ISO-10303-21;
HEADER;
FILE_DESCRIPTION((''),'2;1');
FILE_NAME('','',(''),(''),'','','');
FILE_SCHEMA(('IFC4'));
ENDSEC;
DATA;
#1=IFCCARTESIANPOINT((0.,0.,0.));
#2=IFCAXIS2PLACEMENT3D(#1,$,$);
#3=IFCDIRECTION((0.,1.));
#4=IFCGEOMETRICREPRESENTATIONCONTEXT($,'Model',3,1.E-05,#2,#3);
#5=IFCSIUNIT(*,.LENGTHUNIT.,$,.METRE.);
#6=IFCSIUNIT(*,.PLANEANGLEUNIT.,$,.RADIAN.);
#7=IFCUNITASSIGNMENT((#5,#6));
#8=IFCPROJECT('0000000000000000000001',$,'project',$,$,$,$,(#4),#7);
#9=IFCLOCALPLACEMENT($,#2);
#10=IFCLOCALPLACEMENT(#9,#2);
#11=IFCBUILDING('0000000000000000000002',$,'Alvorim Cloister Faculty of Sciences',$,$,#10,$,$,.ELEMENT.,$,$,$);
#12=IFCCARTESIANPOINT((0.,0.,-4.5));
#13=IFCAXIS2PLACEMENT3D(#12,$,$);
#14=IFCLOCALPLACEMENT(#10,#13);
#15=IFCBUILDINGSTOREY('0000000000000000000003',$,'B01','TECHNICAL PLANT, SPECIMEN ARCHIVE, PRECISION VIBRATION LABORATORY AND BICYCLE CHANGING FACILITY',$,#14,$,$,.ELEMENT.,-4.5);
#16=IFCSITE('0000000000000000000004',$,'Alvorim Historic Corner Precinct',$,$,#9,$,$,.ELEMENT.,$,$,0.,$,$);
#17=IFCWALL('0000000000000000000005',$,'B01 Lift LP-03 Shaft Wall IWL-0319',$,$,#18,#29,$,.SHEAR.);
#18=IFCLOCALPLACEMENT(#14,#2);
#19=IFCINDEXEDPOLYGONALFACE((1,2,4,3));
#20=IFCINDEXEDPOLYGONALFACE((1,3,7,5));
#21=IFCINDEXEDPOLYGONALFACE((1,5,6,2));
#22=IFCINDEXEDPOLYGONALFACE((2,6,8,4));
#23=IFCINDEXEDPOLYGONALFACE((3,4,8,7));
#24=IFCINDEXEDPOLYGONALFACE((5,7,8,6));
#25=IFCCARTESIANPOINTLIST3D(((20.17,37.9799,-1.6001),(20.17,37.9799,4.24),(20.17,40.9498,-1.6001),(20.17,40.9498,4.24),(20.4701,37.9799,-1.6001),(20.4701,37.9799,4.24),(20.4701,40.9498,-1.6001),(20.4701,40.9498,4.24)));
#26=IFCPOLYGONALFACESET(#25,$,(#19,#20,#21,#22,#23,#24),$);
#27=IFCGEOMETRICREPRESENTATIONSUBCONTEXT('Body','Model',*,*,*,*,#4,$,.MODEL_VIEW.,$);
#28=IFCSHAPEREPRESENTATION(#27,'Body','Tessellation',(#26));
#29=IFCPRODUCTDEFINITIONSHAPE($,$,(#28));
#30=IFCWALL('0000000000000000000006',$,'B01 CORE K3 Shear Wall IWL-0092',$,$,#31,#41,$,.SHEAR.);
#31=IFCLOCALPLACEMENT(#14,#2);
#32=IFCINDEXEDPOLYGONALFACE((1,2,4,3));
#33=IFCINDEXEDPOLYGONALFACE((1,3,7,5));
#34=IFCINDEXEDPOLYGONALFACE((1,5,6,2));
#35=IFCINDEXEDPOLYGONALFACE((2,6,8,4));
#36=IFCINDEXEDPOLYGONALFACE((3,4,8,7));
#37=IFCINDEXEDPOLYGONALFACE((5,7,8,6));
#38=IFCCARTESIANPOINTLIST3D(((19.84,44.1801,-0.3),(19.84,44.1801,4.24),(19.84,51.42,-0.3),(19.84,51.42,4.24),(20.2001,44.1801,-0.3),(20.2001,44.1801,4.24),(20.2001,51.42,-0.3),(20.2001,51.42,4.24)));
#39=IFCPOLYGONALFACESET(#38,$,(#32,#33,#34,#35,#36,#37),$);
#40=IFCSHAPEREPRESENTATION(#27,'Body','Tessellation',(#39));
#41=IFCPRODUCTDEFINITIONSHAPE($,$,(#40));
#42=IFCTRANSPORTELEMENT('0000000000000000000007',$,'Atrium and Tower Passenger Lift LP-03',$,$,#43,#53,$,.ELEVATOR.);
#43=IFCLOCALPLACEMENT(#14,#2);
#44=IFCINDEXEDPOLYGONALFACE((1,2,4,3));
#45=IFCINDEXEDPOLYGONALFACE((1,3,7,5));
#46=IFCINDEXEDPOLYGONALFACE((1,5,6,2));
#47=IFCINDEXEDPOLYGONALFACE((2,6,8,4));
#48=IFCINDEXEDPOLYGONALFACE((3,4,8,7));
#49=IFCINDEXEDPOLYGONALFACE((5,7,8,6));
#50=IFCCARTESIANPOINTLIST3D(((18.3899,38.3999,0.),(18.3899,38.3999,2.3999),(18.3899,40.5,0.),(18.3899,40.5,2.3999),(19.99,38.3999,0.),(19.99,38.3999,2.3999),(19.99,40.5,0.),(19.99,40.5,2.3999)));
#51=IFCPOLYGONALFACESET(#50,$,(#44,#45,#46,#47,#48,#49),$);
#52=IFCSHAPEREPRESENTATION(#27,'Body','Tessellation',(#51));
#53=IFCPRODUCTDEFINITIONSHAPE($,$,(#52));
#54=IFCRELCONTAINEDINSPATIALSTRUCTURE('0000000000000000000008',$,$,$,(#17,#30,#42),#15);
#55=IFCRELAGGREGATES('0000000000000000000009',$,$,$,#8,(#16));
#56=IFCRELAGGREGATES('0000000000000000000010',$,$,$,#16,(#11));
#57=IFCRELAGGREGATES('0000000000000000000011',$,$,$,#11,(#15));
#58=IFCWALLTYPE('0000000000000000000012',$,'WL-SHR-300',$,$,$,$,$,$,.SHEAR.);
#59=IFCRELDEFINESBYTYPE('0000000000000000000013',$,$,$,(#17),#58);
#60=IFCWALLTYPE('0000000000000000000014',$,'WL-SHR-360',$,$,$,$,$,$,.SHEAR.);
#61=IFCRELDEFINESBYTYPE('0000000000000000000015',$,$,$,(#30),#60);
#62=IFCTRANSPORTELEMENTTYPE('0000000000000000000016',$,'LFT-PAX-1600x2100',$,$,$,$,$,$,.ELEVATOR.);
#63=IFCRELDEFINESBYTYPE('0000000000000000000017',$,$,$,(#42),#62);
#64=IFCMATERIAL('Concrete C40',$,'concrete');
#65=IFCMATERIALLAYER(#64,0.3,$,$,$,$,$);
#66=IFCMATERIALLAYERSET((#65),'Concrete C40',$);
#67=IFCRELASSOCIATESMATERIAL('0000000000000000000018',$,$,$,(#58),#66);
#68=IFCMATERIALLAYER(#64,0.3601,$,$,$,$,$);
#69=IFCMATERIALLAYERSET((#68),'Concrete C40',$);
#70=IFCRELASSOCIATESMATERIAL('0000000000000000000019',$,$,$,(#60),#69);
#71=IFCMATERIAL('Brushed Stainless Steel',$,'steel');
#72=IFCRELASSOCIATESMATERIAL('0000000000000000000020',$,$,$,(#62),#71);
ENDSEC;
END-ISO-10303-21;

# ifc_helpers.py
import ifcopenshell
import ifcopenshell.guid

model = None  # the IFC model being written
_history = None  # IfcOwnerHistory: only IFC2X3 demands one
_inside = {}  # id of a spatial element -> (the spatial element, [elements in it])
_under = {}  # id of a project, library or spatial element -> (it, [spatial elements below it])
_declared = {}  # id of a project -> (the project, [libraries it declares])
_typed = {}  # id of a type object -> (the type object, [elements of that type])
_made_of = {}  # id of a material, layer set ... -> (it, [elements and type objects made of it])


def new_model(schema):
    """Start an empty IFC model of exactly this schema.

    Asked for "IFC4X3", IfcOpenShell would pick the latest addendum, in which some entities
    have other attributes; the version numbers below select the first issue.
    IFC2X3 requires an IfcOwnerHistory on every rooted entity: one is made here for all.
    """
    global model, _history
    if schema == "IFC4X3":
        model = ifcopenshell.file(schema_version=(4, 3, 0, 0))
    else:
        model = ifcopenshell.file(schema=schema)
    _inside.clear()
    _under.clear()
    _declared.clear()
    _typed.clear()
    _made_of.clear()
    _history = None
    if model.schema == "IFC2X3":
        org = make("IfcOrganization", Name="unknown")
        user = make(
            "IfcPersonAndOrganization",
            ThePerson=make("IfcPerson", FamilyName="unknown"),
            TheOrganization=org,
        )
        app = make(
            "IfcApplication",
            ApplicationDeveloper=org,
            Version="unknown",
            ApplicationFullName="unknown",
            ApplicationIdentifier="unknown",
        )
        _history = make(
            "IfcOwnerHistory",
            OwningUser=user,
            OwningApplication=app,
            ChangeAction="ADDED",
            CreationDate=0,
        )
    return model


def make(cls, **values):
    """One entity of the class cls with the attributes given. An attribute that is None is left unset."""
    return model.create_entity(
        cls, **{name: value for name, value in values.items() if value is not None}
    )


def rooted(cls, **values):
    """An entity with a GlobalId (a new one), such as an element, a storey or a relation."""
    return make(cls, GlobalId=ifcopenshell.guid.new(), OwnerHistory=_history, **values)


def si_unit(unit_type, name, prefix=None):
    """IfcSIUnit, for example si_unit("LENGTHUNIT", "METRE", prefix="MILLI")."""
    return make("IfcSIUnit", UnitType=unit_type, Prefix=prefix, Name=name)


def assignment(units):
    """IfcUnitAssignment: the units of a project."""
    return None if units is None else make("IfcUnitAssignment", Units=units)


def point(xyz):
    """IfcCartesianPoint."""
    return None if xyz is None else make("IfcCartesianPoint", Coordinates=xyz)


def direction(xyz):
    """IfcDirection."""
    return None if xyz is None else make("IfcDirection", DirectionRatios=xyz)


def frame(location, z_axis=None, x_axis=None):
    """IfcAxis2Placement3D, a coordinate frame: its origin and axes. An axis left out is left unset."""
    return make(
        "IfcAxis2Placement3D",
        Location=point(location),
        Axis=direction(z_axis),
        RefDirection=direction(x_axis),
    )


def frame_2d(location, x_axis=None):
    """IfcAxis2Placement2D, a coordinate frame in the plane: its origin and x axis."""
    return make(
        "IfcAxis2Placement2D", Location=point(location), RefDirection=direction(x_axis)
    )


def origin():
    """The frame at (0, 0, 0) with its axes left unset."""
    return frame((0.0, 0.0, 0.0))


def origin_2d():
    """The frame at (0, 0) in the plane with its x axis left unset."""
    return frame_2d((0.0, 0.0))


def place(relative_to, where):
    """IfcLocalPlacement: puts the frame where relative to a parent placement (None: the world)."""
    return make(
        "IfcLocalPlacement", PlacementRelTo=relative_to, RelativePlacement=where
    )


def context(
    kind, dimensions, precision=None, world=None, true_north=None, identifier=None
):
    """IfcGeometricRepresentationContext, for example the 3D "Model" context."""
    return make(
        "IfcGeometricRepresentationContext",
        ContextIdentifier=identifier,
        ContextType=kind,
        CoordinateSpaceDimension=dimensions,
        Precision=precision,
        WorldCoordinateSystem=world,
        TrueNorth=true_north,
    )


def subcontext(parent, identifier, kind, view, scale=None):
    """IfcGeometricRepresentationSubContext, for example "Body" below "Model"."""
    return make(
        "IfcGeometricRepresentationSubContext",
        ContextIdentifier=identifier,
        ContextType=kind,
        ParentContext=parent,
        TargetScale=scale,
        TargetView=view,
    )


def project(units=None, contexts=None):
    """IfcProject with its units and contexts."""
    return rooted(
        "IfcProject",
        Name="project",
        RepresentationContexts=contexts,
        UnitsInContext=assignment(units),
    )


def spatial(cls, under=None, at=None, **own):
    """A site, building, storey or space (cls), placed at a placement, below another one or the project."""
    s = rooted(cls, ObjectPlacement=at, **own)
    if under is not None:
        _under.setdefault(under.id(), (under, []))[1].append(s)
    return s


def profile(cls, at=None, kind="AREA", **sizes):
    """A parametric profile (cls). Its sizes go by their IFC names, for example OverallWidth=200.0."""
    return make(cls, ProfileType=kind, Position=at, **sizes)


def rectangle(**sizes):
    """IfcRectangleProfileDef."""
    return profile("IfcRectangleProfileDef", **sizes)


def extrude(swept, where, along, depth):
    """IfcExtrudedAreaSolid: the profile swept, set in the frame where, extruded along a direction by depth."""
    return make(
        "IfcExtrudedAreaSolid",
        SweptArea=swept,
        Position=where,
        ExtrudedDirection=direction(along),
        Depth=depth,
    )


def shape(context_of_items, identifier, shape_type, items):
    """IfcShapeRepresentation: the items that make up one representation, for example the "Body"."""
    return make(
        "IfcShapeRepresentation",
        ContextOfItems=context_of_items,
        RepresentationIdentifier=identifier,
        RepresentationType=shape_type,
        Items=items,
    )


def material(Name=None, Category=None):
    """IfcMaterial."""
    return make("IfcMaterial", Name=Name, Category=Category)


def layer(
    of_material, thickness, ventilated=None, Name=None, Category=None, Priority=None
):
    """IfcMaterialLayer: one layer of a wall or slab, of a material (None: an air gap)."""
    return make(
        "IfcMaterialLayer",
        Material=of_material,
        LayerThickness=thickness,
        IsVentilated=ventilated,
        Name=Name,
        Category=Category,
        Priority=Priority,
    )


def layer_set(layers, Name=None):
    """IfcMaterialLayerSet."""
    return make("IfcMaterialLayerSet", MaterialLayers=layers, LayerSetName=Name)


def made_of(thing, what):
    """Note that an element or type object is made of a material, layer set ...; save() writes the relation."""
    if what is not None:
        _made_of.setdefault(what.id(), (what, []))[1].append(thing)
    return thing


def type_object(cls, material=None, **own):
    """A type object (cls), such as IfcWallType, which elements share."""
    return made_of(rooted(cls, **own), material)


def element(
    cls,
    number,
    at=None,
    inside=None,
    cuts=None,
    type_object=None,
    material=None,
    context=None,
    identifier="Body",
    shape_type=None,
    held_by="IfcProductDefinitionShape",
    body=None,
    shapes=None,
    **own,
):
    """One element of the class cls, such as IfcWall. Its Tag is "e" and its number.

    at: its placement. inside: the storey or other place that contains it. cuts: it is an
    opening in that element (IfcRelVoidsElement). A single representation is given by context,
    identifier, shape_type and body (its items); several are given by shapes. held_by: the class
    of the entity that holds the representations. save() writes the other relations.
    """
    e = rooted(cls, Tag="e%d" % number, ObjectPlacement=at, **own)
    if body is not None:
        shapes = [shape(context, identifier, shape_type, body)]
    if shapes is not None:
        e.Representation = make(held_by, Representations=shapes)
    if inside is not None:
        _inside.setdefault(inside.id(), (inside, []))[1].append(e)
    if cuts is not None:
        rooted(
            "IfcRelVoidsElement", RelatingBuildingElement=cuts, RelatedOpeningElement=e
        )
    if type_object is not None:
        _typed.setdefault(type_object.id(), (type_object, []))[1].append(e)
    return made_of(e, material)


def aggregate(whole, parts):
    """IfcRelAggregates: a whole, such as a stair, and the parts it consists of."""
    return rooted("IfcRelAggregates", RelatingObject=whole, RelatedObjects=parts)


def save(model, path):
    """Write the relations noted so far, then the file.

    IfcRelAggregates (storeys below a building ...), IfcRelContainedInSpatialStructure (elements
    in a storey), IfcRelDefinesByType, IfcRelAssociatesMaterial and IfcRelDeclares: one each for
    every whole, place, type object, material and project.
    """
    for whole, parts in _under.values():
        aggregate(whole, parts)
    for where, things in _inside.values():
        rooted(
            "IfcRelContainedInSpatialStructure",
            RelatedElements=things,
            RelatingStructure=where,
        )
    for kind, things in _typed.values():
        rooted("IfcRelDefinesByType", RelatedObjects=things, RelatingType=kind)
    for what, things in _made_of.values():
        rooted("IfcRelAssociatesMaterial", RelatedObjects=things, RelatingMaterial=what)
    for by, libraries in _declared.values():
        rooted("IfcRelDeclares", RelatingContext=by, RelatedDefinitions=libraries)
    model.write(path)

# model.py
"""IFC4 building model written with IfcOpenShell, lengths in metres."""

from ifc_helpers import new_model, si_unit, direction, frame, frame_2d, origin, origin_2d, place, context, subcontext, project, spatial, rectangle, extrude, material, layer, layer_set, type_object, element, save


model = new_model("IFC4")

# Units and contexts
model_context = context("Model", 3, precision=1e-05, world=origin(), true_north=direction((0.0, 1.0)))
body_context = subcontext(model_context, "Body", "Model", "MODEL_VIEW")
ifc_project = project(units=[si_unit("LENGTHUNIT", "METRE"), si_unit("PLANEANGLEUNIT", "RADIAN")], contexts=[model_context])

# Site, building, storey
site_placement = place(None, origin())
site = spatial("IfcSite", under=ifc_project, at=site_placement, Name="Alvorim Historic Corner Precinct", CompositionType="ELEMENT", RefElevation=0.0)
building_placement = place(site_placement, origin())
building = spatial("IfcBuilding", under=site, at=building_placement, Name="Alvorim Cloister Faculty of Sciences", CompositionType="ELEMENT")
storey_placement = place(building_placement, frame((0.0, 0.0, -4.5)))
storey = spatial("IfcBuildingStorey", under=building, at=storey_placement, Name="B01", Description="TECHNICAL PLANT, SPECIMEN ARCHIVE, PRECISION VIBRATION LABORATORY AND BICYCLE CHANGING FACILITY", CompositionType="ELEMENT", Elevation=-4.5)

# Shared definitions
ifc_material_1 = material(Name="Concrete C40", Category="concrete")

# Walls
ifc_layer_1 = layer(ifc_material_1, 0.3)
ifc_layer_set_1 = layer_set([ifc_layer_1], Name="Concrete C40")
wall_type_1 = type_object("IfcWallType", Name="WL-SHR-300", PredefinedType="SHEAR", material=ifc_layer_set_1)
wall_1_placement = place(storey_placement, frame((20.3201, 37.98, -1.6001), z_axis=(0.0, 0.0, 1.0), x_axis=(0.0, 1.0, 0.0)))
element("IfcWall", 1, at=wall_1_placement, inside=storey, type_object=wall_type_1, Name="B01 Lift LP-03 Shaft Wall IWL-0319", PredefinedType="SHEAR", context=body_context, shape_type="SweptSolid", body=[
    extrude(rectangle(XDim=2.97, YDim=0.3, at=frame_2d((1.4849, 0.0))), origin(), (0.0, 0.0, 1.0), 5.8401),
])
ifc_layer_2 = layer(ifc_material_1, 0.3601)
ifc_layer_set_2 = layer_set([ifc_layer_2], Name="Concrete C40")
wall_type_2 = type_object("IfcWallType", Name="WL-SHR-360", PredefinedType="SHEAR", material=ifc_layer_set_2)
wall_2_placement = place(storey_placement, frame((20.02, 44.1799, -0.3), z_axis=(0.0, 0.0, 1.0), x_axis=(0.0, 1.0, 0.0)))
element("IfcWall", 2, at=wall_2_placement, inside=storey, type_object=wall_type_2, Name="B01 CORE K3 Shear Wall IWL-0092", PredefinedType="SHEAR", context=body_context, shape_type="SweptSolid", body=[
    extrude(rectangle(XDim=7.24, YDim=0.3601, at=frame_2d((3.6201, 0.0))), origin(), (0.0, 0.0, 1.0), 4.54),
])

# Transport element
ifc_material_2 = material(Name="Brushed Stainless Steel", Category="steel")
transport_element_type = type_object("IfcTransportElementType", Name="LFT-PAX-1600x2100", PredefinedType="ELEVATOR", material=ifc_material_2)
transport_element_placement = place(storey_placement, frame((19.1899, 39.45, 0.0), z_axis=(0.0, 0.0, 1.0), x_axis=(1.0, 0.0, 0.0)))
element("IfcTransportElement", 3, at=transport_element_placement, inside=storey, type_object=transport_element_type, Name="Atrium and Tower Passenger Lift LP-03", PredefinedType="ELEVATOR", context=body_context, shape_type="SweptSolid", body=[
    extrude(rectangle(XDim=1.6001, YDim=2.1001, at=origin_2d()), origin(), (0.0, 0.0, 1.0), 2.3999),
])

save(model, "model.ifc")
